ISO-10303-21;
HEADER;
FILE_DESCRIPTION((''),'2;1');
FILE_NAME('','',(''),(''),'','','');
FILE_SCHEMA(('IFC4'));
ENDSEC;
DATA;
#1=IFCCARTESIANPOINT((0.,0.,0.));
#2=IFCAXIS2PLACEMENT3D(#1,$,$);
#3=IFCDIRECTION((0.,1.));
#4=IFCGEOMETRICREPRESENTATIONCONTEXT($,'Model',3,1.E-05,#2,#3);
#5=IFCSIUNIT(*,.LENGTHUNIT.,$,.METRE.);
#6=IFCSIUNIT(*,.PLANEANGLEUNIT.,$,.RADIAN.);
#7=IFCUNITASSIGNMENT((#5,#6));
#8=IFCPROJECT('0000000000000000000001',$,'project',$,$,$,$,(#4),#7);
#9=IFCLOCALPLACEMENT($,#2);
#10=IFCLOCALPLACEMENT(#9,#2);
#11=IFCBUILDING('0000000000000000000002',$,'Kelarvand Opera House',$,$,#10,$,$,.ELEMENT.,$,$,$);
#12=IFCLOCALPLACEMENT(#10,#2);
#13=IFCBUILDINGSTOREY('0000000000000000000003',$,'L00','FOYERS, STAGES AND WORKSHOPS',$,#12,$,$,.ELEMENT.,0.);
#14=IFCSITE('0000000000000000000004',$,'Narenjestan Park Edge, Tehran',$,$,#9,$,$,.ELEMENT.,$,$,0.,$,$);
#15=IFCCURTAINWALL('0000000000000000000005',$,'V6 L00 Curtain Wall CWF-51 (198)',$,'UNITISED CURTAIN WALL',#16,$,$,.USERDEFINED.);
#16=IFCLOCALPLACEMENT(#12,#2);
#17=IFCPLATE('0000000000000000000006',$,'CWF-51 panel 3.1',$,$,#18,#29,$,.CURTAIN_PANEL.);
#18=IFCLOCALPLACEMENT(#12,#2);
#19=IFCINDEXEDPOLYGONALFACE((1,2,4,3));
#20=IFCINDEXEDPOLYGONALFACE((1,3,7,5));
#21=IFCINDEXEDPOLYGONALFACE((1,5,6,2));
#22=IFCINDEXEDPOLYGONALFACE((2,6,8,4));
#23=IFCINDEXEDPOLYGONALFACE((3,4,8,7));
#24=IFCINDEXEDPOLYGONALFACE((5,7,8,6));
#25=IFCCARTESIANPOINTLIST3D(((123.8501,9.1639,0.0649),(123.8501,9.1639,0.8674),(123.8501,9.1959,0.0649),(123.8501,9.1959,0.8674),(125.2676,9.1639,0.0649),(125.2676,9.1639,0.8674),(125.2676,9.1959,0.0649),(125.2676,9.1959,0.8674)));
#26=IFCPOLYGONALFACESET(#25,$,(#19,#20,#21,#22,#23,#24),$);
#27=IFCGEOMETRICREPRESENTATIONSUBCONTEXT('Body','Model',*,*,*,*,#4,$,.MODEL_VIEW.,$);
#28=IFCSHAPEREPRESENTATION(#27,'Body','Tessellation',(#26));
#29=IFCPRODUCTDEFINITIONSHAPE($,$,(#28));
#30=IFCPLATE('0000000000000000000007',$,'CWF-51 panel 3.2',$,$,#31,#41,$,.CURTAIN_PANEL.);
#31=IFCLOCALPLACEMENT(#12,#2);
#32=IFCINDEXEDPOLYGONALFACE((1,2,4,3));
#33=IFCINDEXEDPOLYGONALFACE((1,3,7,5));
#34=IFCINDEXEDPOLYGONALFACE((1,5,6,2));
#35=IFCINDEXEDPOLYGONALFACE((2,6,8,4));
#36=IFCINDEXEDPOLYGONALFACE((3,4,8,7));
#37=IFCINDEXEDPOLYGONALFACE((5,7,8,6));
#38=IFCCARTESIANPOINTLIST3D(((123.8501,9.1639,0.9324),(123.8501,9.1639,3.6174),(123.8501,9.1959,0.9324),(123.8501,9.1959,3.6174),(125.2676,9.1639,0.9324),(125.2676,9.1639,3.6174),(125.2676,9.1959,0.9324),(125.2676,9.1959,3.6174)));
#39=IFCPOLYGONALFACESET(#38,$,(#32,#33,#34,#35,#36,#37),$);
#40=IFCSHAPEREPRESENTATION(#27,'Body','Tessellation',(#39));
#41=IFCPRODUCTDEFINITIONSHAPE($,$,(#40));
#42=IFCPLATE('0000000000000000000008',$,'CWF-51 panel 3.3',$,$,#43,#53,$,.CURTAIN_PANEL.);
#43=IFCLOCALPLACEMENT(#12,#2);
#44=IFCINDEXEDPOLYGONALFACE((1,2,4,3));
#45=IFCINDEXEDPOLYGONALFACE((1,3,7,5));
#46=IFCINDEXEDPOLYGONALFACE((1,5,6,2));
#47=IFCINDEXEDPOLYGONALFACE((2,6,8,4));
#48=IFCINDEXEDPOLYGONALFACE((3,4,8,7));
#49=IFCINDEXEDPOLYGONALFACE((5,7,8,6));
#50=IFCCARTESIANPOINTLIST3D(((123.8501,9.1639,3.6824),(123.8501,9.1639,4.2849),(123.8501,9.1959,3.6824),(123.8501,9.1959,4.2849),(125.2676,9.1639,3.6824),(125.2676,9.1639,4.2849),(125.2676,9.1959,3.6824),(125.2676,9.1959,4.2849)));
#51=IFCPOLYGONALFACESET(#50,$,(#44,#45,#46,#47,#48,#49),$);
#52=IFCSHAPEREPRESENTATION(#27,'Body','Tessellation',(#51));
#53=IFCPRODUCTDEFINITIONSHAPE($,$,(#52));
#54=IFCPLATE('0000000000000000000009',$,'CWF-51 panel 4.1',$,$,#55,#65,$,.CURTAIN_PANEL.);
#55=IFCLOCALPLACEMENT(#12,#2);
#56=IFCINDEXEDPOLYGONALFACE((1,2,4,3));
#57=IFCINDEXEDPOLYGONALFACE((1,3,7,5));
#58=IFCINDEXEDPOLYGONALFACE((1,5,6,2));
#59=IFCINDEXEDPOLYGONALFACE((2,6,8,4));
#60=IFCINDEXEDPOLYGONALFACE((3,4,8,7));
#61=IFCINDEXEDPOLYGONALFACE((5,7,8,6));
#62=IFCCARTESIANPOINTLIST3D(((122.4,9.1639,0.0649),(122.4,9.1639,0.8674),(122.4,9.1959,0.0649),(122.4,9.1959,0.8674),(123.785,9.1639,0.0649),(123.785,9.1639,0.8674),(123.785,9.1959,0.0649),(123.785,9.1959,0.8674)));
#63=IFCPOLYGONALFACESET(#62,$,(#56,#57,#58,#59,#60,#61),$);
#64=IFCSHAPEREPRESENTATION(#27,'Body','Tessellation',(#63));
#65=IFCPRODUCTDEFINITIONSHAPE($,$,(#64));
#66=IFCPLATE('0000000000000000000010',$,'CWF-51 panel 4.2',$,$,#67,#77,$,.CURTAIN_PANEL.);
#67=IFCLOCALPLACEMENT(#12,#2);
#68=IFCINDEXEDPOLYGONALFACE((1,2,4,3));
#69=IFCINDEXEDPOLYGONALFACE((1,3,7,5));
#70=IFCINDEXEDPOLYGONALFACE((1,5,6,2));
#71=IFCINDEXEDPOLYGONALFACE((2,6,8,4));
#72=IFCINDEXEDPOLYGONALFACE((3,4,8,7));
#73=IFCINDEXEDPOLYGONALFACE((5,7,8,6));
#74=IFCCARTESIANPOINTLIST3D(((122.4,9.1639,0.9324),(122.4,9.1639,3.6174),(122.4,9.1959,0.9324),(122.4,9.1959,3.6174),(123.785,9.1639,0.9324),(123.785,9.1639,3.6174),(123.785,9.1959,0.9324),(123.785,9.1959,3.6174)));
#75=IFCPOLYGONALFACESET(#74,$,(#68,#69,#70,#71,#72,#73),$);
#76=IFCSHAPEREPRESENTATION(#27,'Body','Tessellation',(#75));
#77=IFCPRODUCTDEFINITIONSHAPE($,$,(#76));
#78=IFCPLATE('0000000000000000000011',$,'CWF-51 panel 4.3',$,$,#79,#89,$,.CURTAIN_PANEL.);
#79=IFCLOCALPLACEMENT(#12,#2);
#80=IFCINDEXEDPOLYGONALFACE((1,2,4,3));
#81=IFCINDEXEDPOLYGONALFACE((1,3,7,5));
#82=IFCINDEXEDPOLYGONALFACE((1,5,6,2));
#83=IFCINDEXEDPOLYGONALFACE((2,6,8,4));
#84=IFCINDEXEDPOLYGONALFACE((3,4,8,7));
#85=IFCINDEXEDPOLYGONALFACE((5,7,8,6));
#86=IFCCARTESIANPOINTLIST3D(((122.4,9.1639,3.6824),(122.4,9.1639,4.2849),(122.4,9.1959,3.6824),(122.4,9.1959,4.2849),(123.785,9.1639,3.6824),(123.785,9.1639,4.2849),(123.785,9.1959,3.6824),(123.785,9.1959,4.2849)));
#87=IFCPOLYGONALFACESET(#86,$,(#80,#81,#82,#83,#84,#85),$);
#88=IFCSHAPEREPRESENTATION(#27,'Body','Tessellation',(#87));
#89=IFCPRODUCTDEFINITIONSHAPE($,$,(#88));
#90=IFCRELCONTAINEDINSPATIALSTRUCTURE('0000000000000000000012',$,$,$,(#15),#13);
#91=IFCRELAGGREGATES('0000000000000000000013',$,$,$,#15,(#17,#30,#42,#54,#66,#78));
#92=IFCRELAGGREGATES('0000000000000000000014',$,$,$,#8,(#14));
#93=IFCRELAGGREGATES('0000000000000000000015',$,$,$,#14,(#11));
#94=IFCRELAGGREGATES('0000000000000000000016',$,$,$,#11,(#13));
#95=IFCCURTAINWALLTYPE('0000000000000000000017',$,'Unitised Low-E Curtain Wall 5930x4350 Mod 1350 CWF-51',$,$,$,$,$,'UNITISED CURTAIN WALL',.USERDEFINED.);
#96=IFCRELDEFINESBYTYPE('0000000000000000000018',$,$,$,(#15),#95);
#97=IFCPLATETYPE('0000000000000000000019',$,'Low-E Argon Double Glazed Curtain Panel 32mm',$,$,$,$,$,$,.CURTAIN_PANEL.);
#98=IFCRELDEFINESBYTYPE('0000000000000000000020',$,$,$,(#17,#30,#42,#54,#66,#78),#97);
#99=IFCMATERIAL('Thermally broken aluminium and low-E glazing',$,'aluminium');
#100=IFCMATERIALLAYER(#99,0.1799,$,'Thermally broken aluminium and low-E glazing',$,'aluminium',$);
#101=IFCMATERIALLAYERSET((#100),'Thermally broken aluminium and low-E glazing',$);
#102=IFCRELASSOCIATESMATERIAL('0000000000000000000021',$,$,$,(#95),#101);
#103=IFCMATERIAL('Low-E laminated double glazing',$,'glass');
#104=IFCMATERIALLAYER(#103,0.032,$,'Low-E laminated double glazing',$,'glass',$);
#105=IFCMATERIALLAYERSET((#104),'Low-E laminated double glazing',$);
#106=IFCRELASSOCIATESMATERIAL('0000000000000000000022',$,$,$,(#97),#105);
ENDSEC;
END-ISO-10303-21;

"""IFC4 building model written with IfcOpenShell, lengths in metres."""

from ifc_helpers import new_model, si_unit, direction, frame, origin, origin_2d, place, context, subcontext, project, spatial, rectangle, extrude, material, layer, layer_set, type_object, element, aggregate, save


model = new_model("IFC4")

# Units and contexts
model_context = context("Model", 3, precision=1e-05, world=origin(), true_north=direction((0.0, 1.0)))
body_context = subcontext(model_context, "Body", "Model", "MODEL_VIEW")
ifc_project = project(units=[si_unit("LENGTHUNIT", "METRE"), si_unit("PLANEANGLEUNIT", "RADIAN")], contexts=[model_context])

# Site, building, storey
site_placement = place(None, origin())
site = spatial("IfcSite", under=ifc_project, at=site_placement, Name="Narenjestan Park Edge, Tehran", CompositionType="ELEMENT", RefElevation=0.0)
building_placement = place(site_placement, origin())
building = spatial("IfcBuilding", under=site, at=building_placement, Name="Kelarvand Opera House", CompositionType="ELEMENT")
storey_placement = place(building_placement, origin())
storey = spatial("IfcBuildingStorey", under=building, at=storey_placement, Name="L00", Description="FOYERS, STAGES AND WORKSHOPS", CompositionType="ELEMENT", Elevation=0.0)

# Curtain wall, plates
ifc_material_1 = material(Name="Thermally broken aluminium and low-E glazing", Category="aluminium")
ifc_layer_1 = layer(ifc_material_1, 0.1799, Name="Thermally broken aluminium and low-E glazing", Category="aluminium")
ifc_layer_set_1 = layer_set([ifc_layer_1], Name="Thermally broken aluminium and low-E glazing")
curtain_wall_type = type_object("IfcCurtainWallType", Name="Unitised Low-E Curtain Wall 5930x4350 Mod 1350 CWF-51", ElementType="UNITISED CURTAIN WALL", PredefinedType="USERDEFINED", material=ifc_layer_set_1)
curtain_wall_placement = place(storey_placement, origin())
curtain_wall = element("IfcCurtainWall", 1, at=curtain_wall_placement, inside=storey, type_object=curtain_wall_type, Name="V6 L00 Curtain Wall CWF-51 (198)", ObjectType="UNITISED CURTAIN WALL", PredefinedType="USERDEFINED")
ifc_material_2 = material(Name="Low-E laminated double glazing", Category="glass")
ifc_layer_2 = layer(ifc_material_2, 0.032, Name="Low-E laminated double glazing", Category="glass")
ifc_layer_set_2 = layer_set([ifc_layer_2], Name="Low-E laminated double glazing")
plate_type = type_object("IfcPlateType", Name="Low-E Argon Double Glazed Curtain Panel 32mm", PredefinedType="CURTAIN_PANEL", material=ifc_layer_set_2)
plate_1_placement = place(storey_placement, frame((124.5588, 9.1799, 0.0649), z_axis=(0.0, 0.0, 1.0), x_axis=(-1.0, 0.0, 0.0)))
plate_1 = element("IfcPlate", 2, at=plate_1_placement, type_object=plate_type, Name="CWF-51 panel 3.1", PredefinedType="CURTAIN_PANEL", context=body_context, shape_type="SweptSolid", body=[
    extrude(rectangle(XDim=1.4175, YDim=0.032, at=origin_2d()), origin(), (0.0, 0.0, 1.0), 0.8025),
])
plate_2_placement = place(storey_placement, frame((124.5588, 9.1799, 0.9324), z_axis=(0.0, 0.0, 1.0), x_axis=(-1.0, 0.0, 0.0)))
plate_2 = element("IfcPlate", 3, at=plate_2_placement, type_object=plate_type, Name="CWF-51 panel 3.2", PredefinedType="CURTAIN_PANEL", context=body_context, shape_type="SweptSolid", body=[
    extrude(rectangle(XDim=1.4175, YDim=0.032, at=origin_2d()), origin(), (0.0, 0.0, 1.0), 2.6851),
])
plate_3_placement = place(storey_placement, frame((124.5588, 9.1799, 3.6824), z_axis=(0.0, 0.0, 1.0), x_axis=(-1.0, 0.0, 0.0)))
plate_3 = element("IfcPlate", 4, at=plate_3_placement, type_object=plate_type, Name="CWF-51 panel 3.3", PredefinedType="CURTAIN_PANEL", context=body_context, shape_type="SweptSolid", body=[
    extrude(rectangle(XDim=1.4175, YDim=0.032, at=origin_2d()), origin(), (0.0, 0.0, 1.0), 0.6025),
])
plate_4_placement = place(storey_placement, frame((123.0925, 9.1799, 0.0649), z_axis=(0.0, 0.0, 1.0), x_axis=(-1.0, 0.0, 0.0)))
plate_4 = element("IfcPlate", 5, at=plate_4_placement, type_object=plate_type, Name="CWF-51 panel 4.1", PredefinedType="CURTAIN_PANEL", context=body_context, shape_type="SweptSolid", body=[
    extrude(rectangle(XDim=1.385, YDim=0.032, at=origin_2d()), origin(), (0.0, 0.0, 1.0), 0.8025),
])
plate_5_placement = place(storey_placement, frame((123.0925, 9.1799, 0.9324), z_axis=(0.0, 0.0, 1.0), x_axis=(-1.0, 0.0, 0.0)))
plate_5 = element("IfcPlate", 6, at=plate_5_placement, type_object=plate_type, Name="CWF-51 panel 4.2", PredefinedType="CURTAIN_PANEL", context=body_context, shape_type="SweptSolid", body=[
    extrude(rectangle(XDim=1.385, YDim=0.032, at=origin_2d()), origin(), (0.0, 0.0, 1.0), 2.6851),
])
plate_6_placement = place(storey_placement, frame((123.0925, 9.1799, 3.6824), z_axis=(0.0, 0.0, 1.0), x_axis=(-1.0, 0.0, 0.0)))
plate_6 = element("IfcPlate", 7, at=plate_6_placement, type_object=plate_type, Name="CWF-51 panel 4.3", PredefinedType="CURTAIN_PANEL", context=body_context, shape_type="SweptSolid", body=[
    extrude(rectangle(XDim=1.385, YDim=0.032, at=origin_2d()), origin(), (0.0, 0.0, 1.0), 0.6025),
])
aggregate(curtain_wall, [plate_1, plate_2, plate_3, plate_4, plate_5, plate_6])

save(model, "model.ifc")
